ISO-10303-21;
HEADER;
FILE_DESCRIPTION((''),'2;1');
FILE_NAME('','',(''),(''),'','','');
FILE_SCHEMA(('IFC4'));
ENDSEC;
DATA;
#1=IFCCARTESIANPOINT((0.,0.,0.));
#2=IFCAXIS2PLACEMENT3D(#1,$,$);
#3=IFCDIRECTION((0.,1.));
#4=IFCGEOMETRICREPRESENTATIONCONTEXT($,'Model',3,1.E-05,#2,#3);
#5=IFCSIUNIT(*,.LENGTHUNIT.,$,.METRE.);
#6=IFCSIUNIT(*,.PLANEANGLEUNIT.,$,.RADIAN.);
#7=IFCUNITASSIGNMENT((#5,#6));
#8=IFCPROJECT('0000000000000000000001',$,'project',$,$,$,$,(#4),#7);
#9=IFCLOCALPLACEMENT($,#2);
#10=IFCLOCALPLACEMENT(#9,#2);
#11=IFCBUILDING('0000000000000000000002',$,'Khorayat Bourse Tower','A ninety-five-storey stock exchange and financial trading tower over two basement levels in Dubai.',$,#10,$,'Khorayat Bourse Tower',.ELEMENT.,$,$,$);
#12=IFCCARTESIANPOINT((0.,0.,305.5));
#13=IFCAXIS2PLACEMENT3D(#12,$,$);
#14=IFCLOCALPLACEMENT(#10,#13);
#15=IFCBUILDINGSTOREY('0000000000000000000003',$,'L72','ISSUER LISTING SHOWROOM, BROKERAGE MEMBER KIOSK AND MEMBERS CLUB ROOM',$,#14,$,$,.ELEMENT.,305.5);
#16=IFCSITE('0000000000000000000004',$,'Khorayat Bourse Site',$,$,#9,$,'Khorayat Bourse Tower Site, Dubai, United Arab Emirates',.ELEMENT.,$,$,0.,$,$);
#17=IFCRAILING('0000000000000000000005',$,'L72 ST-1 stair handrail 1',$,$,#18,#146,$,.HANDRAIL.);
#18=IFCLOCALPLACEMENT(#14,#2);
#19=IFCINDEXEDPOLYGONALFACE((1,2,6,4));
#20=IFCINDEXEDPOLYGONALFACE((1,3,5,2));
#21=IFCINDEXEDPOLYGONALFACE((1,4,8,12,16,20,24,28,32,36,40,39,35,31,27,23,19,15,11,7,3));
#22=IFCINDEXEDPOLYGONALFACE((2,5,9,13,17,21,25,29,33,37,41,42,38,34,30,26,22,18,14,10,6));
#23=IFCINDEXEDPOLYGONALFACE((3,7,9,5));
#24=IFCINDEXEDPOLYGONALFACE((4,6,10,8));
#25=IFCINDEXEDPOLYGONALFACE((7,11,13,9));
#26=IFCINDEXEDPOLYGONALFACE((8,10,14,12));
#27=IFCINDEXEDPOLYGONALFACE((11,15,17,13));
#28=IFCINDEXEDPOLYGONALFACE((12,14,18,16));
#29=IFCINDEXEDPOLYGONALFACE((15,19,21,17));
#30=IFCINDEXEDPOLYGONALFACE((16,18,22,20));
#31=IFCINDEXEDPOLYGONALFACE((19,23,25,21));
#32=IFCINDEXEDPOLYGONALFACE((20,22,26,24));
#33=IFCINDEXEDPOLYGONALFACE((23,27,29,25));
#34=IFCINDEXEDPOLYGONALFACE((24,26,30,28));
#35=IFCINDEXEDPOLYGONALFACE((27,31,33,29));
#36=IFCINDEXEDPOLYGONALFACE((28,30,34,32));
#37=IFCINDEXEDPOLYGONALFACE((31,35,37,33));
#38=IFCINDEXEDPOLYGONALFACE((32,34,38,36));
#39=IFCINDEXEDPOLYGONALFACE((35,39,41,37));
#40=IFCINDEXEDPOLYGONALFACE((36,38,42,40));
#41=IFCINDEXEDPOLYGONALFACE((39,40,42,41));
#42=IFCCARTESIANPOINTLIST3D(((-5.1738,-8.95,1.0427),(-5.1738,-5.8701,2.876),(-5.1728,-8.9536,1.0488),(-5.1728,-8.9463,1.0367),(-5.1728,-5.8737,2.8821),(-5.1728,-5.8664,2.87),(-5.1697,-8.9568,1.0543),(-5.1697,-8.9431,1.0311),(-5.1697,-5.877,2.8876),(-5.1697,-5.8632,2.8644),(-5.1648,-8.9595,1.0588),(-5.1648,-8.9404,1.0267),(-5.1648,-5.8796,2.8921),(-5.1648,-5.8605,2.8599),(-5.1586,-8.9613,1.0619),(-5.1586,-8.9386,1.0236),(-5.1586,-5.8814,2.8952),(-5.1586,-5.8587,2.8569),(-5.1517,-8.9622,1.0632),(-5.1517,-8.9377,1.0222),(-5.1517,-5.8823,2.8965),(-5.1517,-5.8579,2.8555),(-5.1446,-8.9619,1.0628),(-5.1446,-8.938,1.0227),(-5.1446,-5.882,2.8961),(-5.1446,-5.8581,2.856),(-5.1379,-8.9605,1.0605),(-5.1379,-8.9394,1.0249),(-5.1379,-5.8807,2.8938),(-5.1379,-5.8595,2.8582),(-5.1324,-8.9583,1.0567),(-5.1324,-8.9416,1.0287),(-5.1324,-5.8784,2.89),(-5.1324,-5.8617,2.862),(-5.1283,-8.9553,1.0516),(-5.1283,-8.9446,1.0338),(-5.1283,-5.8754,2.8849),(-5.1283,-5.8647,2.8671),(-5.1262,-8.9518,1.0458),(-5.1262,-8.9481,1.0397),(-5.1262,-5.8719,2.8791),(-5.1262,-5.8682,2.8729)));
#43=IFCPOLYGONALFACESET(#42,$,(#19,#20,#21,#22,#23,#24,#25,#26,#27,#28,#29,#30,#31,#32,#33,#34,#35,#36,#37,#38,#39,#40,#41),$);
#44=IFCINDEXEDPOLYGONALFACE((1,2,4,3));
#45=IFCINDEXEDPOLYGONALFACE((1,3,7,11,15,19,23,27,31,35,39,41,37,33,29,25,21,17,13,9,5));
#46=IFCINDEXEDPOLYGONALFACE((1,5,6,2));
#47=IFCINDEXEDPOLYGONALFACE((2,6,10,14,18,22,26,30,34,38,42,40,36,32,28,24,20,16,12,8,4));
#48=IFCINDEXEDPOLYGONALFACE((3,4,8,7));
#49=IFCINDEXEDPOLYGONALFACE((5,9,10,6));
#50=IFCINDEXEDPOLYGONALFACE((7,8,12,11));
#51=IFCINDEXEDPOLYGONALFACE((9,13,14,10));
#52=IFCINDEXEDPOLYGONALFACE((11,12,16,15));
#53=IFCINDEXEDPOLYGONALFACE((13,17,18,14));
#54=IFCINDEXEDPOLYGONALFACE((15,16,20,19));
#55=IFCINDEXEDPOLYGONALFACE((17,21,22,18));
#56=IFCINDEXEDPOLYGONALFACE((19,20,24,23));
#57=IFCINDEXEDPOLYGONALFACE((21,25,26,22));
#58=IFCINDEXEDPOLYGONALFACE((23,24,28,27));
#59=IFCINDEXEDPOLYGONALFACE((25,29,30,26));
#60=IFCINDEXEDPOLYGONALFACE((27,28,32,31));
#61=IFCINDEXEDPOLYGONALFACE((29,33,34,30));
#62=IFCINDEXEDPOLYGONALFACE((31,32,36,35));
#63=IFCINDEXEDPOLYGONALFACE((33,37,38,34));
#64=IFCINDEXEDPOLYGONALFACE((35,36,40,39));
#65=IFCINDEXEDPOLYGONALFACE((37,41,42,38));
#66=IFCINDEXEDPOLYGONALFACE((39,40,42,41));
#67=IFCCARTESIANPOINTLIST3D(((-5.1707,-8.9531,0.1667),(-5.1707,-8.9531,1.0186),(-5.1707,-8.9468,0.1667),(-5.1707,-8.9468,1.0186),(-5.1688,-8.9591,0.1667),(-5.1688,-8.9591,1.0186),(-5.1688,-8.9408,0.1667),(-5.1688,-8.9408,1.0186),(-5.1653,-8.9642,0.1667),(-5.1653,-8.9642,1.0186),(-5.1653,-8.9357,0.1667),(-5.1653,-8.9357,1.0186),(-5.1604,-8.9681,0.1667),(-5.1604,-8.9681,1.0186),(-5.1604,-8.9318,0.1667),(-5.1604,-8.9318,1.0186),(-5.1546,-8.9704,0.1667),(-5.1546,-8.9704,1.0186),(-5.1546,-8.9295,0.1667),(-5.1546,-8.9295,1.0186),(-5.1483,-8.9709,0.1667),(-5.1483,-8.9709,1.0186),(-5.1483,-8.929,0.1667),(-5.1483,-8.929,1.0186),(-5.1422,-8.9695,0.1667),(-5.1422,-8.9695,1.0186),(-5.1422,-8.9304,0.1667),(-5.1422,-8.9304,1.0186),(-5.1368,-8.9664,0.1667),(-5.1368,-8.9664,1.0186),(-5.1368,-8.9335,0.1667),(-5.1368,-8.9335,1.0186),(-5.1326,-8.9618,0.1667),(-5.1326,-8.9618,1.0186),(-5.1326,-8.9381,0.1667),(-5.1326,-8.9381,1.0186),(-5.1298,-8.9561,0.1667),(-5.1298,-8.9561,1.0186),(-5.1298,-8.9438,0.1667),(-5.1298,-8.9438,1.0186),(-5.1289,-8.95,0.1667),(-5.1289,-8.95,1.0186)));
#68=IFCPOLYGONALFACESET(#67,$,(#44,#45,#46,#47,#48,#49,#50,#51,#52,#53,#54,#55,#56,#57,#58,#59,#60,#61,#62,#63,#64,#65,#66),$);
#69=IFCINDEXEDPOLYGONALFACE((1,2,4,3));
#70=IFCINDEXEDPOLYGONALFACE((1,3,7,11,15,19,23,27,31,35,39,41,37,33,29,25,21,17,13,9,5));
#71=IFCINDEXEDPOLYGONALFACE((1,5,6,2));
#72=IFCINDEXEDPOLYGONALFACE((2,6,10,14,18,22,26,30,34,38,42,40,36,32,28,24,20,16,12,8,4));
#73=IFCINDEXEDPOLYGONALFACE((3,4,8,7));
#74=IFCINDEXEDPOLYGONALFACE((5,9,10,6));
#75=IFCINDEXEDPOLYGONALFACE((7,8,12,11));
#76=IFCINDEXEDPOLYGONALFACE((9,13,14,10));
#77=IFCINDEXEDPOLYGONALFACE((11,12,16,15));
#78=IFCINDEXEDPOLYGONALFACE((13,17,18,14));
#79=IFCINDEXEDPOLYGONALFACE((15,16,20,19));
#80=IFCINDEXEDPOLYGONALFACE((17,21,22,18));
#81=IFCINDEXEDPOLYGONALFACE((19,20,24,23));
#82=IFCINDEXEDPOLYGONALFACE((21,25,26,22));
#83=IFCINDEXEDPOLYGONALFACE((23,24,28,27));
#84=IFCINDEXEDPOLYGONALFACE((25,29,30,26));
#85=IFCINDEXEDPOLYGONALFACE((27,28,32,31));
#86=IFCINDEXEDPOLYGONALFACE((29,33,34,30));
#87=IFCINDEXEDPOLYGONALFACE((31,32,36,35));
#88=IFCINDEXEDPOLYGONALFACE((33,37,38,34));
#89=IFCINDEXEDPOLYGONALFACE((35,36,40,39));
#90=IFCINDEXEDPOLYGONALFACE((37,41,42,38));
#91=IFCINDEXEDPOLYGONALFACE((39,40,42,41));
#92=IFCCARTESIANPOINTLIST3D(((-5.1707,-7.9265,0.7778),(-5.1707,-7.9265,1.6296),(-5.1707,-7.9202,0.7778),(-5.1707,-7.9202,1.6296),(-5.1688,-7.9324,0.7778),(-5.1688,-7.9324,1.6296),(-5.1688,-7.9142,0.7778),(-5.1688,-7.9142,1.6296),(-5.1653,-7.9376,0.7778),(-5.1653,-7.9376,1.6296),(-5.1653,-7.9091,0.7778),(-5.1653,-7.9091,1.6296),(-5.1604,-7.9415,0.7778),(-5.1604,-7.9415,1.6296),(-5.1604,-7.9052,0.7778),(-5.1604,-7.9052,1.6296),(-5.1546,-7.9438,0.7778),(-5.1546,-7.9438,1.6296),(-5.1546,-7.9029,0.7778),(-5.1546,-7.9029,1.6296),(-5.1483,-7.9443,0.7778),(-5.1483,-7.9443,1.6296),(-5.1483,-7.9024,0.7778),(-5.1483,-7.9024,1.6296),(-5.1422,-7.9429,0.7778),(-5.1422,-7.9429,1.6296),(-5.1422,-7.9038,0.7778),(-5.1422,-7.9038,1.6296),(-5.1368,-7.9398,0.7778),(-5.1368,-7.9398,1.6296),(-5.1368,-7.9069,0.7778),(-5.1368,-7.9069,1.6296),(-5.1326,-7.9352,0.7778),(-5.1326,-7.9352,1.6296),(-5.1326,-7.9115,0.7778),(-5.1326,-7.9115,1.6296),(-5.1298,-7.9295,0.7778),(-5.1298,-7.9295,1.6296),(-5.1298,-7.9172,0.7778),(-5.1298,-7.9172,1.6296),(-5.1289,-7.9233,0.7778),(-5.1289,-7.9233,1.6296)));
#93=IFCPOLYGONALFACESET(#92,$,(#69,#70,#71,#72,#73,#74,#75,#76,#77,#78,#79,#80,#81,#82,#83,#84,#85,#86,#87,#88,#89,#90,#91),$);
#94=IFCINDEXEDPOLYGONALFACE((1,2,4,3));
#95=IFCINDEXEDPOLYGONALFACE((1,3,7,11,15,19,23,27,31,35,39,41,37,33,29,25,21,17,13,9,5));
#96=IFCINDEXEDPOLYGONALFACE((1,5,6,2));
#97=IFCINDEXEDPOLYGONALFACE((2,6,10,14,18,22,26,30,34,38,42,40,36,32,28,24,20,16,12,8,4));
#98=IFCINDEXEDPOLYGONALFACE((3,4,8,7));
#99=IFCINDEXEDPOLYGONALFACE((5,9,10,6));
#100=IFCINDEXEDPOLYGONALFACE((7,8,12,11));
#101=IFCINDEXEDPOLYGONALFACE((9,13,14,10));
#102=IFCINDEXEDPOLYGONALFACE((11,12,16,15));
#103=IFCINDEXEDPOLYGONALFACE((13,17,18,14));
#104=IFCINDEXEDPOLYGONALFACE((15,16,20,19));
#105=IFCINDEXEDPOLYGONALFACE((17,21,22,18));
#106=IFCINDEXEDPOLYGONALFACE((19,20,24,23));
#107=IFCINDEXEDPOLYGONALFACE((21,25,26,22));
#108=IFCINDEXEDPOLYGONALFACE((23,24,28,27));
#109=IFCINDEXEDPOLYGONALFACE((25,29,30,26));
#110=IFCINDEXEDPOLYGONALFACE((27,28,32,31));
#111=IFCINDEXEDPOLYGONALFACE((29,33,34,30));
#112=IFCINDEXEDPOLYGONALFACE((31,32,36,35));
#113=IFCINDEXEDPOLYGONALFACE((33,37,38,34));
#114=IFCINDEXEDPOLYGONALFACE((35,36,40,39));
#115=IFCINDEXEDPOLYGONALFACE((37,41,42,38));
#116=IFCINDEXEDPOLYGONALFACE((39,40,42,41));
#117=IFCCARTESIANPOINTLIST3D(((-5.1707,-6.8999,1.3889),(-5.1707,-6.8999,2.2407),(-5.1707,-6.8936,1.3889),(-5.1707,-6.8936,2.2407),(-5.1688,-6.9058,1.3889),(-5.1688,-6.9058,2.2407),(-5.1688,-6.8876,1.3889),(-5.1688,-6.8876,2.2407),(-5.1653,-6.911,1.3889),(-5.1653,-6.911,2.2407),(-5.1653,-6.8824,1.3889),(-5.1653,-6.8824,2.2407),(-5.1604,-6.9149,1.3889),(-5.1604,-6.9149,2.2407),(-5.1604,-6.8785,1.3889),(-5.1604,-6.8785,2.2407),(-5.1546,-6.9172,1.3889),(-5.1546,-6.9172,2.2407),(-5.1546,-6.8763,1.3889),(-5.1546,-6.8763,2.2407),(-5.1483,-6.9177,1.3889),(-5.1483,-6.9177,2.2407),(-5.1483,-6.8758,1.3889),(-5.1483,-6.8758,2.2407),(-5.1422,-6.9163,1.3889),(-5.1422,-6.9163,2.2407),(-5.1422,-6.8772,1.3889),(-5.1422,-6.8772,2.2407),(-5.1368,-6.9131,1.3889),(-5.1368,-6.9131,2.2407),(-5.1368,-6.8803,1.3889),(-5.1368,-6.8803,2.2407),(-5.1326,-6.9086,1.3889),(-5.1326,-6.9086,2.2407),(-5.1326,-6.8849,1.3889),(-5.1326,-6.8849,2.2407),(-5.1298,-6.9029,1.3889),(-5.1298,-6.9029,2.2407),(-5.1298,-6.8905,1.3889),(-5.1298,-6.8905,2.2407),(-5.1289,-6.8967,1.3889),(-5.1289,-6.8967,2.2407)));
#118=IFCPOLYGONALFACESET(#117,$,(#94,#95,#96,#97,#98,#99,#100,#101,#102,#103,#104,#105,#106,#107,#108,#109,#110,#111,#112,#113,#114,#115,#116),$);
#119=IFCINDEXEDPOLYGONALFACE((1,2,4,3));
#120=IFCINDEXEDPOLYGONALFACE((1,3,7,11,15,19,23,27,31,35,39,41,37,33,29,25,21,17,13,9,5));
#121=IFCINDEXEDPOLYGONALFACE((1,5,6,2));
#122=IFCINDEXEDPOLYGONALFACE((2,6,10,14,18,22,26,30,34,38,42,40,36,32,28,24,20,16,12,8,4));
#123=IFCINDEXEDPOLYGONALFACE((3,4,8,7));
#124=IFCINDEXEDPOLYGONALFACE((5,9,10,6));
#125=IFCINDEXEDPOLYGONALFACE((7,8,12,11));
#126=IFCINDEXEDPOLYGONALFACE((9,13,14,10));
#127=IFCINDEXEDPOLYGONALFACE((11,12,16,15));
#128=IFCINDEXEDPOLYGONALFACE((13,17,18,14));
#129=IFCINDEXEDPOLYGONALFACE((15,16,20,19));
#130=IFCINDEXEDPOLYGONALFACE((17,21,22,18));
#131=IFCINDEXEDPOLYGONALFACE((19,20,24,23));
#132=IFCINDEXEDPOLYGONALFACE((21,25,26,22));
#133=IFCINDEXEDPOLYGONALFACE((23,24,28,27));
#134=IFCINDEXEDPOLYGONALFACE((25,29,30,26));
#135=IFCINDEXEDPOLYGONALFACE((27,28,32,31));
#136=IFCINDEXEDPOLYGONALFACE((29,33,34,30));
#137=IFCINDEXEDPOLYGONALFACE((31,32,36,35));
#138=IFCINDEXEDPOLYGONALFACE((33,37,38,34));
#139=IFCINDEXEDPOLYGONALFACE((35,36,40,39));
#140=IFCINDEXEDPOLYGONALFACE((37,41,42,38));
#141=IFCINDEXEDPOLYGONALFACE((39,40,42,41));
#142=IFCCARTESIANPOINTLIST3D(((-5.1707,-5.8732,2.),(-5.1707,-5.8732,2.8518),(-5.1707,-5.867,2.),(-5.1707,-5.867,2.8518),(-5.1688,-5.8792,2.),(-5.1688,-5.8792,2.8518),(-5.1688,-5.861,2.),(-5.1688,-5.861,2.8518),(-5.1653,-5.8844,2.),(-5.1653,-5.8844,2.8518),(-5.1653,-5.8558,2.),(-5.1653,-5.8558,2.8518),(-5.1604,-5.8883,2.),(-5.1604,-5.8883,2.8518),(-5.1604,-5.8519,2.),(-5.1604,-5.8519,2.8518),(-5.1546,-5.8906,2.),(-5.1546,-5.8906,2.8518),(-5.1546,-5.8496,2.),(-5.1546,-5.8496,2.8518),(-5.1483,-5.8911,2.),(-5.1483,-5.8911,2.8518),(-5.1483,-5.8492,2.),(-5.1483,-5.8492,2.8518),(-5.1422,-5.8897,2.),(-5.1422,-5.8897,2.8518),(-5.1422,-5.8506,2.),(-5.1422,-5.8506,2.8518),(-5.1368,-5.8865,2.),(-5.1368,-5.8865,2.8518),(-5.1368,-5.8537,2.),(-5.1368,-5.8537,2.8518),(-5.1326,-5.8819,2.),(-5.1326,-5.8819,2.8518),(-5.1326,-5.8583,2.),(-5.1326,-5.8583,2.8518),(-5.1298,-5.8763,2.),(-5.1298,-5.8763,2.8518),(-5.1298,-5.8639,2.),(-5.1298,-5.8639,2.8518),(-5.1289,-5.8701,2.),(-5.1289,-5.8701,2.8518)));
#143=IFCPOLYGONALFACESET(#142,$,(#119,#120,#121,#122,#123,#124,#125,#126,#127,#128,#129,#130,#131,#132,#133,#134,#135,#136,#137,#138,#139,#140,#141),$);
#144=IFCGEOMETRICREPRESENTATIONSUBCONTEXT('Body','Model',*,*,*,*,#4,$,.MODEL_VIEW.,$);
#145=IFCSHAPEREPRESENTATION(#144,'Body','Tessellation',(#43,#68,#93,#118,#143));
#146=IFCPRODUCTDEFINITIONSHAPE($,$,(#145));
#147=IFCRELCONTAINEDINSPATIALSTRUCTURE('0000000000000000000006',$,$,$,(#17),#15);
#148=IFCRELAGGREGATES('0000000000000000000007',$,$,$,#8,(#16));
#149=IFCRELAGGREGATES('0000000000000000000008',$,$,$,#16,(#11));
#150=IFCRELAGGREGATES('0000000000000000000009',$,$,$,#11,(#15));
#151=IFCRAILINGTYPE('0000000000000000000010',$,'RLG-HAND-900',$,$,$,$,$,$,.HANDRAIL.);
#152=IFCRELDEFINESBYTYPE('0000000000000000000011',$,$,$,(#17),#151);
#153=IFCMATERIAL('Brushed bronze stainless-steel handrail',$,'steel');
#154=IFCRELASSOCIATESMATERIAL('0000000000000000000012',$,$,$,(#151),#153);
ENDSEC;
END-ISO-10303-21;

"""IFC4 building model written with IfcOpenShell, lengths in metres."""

from ifc_helpers import new_model, si_unit, direction, frame, origin, origin_2d, place, context, subcontext, project, spatial, circle, extrude, source, transform, mapped, material, type_object, element, save


model = new_model("IFC4")

# Units and contexts
model_context = context("Model", 3, precision=1e-05, world=origin(), true_north=direction((0.0, 1.0)))
body_context = subcontext(model_context, "Body", "Model", "MODEL_VIEW")
ifc_project = project(units=[si_unit("LENGTHUNIT", "METRE"), si_unit("PLANEANGLEUNIT", "RADIAN")], contexts=[model_context])

# Site, building, storey
site_placement = place(None, origin())
site = spatial("IfcSite", under=ifc_project, at=site_placement, Name="Khorayat Bourse Site", LongName="Khorayat Bourse Tower Site, Dubai, United Arab Emirates", CompositionType="ELEMENT", RefElevation=0.0)
building_placement = place(site_placement, origin())
building = spatial("IfcBuilding", under=site, at=building_placement, Name="Khorayat Bourse Tower", Description="A ninety-five-storey stock exchange and financial trading tower over two basement levels in Dubai.", LongName="Khorayat Bourse Tower", CompositionType="ELEMENT")
storey_placement = place(building_placement, frame((0.0, 0.0, 305.5)))
storey = spatial("IfcBuildingStorey", under=building, at=storey_placement, Name="L72", Description="ISSUER LISTING SHOWROOM, BROKERAGE MEMBER KIOSK AND MEMBERS CLUB ROOM", CompositionType="ELEMENT", Elevation=305.5)

# Railing
ifc_material_1 = material(Name="Brushed bronze stainless-steel handrail", Category="steel")
railing_type_1 = type_object("IfcRailingType", Name="RLG-HAND-900", PredefinedType="HANDRAIL", material=ifc_material_1)
shared_shape_1 = source(origin(), body_context, "Body", "SweptSolid", [
    extrude(circle(Radius=0.0239, at=origin_2d()), frame((0.0, 0.0, 0.876), z_axis=(0.0, 0.859291, 0.511487), x_axis=(-1.0, 0.0, 0.0)), (0.0, 0.0, 1.0), 3.5842),
    extrude(circle(Radius=0.021, at=origin_2d()), origin(), (0.0, 0.0, 1.0), 0.8518),
    extrude(circle(Radius=0.021, at=origin_2d()), frame((0.0, 1.0266, 0.6111)), (0.0, 0.0, 1.0), 0.8518),
    extrude(circle(Radius=0.021, at=origin_2d()), frame((0.0, 2.0532, 1.2222)), (0.0, 0.0, 1.0), 0.8518),
    extrude(circle(Radius=0.021, at=origin_2d()), frame((0.0, 3.0798, 1.8333)), (0.0, 0.0, 1.0), 0.8518),
])
railing_1_placement = place(storey_placement, frame((-5.1499, -8.95, 0.1667)))
element("IfcRailing", 1, at=railing_1_placement, inside=storey, type_object=railing_type_1, Name="L72 ST-1 stair handrail 1", PredefinedType="HANDRAIL", context=body_context, shape_type="MappedRepresentation", body=[
    mapped(shared_shape_1, transform((0.0, 0.0, 0.0), scale=1.0)),
])

save(model, "model.ifc")
